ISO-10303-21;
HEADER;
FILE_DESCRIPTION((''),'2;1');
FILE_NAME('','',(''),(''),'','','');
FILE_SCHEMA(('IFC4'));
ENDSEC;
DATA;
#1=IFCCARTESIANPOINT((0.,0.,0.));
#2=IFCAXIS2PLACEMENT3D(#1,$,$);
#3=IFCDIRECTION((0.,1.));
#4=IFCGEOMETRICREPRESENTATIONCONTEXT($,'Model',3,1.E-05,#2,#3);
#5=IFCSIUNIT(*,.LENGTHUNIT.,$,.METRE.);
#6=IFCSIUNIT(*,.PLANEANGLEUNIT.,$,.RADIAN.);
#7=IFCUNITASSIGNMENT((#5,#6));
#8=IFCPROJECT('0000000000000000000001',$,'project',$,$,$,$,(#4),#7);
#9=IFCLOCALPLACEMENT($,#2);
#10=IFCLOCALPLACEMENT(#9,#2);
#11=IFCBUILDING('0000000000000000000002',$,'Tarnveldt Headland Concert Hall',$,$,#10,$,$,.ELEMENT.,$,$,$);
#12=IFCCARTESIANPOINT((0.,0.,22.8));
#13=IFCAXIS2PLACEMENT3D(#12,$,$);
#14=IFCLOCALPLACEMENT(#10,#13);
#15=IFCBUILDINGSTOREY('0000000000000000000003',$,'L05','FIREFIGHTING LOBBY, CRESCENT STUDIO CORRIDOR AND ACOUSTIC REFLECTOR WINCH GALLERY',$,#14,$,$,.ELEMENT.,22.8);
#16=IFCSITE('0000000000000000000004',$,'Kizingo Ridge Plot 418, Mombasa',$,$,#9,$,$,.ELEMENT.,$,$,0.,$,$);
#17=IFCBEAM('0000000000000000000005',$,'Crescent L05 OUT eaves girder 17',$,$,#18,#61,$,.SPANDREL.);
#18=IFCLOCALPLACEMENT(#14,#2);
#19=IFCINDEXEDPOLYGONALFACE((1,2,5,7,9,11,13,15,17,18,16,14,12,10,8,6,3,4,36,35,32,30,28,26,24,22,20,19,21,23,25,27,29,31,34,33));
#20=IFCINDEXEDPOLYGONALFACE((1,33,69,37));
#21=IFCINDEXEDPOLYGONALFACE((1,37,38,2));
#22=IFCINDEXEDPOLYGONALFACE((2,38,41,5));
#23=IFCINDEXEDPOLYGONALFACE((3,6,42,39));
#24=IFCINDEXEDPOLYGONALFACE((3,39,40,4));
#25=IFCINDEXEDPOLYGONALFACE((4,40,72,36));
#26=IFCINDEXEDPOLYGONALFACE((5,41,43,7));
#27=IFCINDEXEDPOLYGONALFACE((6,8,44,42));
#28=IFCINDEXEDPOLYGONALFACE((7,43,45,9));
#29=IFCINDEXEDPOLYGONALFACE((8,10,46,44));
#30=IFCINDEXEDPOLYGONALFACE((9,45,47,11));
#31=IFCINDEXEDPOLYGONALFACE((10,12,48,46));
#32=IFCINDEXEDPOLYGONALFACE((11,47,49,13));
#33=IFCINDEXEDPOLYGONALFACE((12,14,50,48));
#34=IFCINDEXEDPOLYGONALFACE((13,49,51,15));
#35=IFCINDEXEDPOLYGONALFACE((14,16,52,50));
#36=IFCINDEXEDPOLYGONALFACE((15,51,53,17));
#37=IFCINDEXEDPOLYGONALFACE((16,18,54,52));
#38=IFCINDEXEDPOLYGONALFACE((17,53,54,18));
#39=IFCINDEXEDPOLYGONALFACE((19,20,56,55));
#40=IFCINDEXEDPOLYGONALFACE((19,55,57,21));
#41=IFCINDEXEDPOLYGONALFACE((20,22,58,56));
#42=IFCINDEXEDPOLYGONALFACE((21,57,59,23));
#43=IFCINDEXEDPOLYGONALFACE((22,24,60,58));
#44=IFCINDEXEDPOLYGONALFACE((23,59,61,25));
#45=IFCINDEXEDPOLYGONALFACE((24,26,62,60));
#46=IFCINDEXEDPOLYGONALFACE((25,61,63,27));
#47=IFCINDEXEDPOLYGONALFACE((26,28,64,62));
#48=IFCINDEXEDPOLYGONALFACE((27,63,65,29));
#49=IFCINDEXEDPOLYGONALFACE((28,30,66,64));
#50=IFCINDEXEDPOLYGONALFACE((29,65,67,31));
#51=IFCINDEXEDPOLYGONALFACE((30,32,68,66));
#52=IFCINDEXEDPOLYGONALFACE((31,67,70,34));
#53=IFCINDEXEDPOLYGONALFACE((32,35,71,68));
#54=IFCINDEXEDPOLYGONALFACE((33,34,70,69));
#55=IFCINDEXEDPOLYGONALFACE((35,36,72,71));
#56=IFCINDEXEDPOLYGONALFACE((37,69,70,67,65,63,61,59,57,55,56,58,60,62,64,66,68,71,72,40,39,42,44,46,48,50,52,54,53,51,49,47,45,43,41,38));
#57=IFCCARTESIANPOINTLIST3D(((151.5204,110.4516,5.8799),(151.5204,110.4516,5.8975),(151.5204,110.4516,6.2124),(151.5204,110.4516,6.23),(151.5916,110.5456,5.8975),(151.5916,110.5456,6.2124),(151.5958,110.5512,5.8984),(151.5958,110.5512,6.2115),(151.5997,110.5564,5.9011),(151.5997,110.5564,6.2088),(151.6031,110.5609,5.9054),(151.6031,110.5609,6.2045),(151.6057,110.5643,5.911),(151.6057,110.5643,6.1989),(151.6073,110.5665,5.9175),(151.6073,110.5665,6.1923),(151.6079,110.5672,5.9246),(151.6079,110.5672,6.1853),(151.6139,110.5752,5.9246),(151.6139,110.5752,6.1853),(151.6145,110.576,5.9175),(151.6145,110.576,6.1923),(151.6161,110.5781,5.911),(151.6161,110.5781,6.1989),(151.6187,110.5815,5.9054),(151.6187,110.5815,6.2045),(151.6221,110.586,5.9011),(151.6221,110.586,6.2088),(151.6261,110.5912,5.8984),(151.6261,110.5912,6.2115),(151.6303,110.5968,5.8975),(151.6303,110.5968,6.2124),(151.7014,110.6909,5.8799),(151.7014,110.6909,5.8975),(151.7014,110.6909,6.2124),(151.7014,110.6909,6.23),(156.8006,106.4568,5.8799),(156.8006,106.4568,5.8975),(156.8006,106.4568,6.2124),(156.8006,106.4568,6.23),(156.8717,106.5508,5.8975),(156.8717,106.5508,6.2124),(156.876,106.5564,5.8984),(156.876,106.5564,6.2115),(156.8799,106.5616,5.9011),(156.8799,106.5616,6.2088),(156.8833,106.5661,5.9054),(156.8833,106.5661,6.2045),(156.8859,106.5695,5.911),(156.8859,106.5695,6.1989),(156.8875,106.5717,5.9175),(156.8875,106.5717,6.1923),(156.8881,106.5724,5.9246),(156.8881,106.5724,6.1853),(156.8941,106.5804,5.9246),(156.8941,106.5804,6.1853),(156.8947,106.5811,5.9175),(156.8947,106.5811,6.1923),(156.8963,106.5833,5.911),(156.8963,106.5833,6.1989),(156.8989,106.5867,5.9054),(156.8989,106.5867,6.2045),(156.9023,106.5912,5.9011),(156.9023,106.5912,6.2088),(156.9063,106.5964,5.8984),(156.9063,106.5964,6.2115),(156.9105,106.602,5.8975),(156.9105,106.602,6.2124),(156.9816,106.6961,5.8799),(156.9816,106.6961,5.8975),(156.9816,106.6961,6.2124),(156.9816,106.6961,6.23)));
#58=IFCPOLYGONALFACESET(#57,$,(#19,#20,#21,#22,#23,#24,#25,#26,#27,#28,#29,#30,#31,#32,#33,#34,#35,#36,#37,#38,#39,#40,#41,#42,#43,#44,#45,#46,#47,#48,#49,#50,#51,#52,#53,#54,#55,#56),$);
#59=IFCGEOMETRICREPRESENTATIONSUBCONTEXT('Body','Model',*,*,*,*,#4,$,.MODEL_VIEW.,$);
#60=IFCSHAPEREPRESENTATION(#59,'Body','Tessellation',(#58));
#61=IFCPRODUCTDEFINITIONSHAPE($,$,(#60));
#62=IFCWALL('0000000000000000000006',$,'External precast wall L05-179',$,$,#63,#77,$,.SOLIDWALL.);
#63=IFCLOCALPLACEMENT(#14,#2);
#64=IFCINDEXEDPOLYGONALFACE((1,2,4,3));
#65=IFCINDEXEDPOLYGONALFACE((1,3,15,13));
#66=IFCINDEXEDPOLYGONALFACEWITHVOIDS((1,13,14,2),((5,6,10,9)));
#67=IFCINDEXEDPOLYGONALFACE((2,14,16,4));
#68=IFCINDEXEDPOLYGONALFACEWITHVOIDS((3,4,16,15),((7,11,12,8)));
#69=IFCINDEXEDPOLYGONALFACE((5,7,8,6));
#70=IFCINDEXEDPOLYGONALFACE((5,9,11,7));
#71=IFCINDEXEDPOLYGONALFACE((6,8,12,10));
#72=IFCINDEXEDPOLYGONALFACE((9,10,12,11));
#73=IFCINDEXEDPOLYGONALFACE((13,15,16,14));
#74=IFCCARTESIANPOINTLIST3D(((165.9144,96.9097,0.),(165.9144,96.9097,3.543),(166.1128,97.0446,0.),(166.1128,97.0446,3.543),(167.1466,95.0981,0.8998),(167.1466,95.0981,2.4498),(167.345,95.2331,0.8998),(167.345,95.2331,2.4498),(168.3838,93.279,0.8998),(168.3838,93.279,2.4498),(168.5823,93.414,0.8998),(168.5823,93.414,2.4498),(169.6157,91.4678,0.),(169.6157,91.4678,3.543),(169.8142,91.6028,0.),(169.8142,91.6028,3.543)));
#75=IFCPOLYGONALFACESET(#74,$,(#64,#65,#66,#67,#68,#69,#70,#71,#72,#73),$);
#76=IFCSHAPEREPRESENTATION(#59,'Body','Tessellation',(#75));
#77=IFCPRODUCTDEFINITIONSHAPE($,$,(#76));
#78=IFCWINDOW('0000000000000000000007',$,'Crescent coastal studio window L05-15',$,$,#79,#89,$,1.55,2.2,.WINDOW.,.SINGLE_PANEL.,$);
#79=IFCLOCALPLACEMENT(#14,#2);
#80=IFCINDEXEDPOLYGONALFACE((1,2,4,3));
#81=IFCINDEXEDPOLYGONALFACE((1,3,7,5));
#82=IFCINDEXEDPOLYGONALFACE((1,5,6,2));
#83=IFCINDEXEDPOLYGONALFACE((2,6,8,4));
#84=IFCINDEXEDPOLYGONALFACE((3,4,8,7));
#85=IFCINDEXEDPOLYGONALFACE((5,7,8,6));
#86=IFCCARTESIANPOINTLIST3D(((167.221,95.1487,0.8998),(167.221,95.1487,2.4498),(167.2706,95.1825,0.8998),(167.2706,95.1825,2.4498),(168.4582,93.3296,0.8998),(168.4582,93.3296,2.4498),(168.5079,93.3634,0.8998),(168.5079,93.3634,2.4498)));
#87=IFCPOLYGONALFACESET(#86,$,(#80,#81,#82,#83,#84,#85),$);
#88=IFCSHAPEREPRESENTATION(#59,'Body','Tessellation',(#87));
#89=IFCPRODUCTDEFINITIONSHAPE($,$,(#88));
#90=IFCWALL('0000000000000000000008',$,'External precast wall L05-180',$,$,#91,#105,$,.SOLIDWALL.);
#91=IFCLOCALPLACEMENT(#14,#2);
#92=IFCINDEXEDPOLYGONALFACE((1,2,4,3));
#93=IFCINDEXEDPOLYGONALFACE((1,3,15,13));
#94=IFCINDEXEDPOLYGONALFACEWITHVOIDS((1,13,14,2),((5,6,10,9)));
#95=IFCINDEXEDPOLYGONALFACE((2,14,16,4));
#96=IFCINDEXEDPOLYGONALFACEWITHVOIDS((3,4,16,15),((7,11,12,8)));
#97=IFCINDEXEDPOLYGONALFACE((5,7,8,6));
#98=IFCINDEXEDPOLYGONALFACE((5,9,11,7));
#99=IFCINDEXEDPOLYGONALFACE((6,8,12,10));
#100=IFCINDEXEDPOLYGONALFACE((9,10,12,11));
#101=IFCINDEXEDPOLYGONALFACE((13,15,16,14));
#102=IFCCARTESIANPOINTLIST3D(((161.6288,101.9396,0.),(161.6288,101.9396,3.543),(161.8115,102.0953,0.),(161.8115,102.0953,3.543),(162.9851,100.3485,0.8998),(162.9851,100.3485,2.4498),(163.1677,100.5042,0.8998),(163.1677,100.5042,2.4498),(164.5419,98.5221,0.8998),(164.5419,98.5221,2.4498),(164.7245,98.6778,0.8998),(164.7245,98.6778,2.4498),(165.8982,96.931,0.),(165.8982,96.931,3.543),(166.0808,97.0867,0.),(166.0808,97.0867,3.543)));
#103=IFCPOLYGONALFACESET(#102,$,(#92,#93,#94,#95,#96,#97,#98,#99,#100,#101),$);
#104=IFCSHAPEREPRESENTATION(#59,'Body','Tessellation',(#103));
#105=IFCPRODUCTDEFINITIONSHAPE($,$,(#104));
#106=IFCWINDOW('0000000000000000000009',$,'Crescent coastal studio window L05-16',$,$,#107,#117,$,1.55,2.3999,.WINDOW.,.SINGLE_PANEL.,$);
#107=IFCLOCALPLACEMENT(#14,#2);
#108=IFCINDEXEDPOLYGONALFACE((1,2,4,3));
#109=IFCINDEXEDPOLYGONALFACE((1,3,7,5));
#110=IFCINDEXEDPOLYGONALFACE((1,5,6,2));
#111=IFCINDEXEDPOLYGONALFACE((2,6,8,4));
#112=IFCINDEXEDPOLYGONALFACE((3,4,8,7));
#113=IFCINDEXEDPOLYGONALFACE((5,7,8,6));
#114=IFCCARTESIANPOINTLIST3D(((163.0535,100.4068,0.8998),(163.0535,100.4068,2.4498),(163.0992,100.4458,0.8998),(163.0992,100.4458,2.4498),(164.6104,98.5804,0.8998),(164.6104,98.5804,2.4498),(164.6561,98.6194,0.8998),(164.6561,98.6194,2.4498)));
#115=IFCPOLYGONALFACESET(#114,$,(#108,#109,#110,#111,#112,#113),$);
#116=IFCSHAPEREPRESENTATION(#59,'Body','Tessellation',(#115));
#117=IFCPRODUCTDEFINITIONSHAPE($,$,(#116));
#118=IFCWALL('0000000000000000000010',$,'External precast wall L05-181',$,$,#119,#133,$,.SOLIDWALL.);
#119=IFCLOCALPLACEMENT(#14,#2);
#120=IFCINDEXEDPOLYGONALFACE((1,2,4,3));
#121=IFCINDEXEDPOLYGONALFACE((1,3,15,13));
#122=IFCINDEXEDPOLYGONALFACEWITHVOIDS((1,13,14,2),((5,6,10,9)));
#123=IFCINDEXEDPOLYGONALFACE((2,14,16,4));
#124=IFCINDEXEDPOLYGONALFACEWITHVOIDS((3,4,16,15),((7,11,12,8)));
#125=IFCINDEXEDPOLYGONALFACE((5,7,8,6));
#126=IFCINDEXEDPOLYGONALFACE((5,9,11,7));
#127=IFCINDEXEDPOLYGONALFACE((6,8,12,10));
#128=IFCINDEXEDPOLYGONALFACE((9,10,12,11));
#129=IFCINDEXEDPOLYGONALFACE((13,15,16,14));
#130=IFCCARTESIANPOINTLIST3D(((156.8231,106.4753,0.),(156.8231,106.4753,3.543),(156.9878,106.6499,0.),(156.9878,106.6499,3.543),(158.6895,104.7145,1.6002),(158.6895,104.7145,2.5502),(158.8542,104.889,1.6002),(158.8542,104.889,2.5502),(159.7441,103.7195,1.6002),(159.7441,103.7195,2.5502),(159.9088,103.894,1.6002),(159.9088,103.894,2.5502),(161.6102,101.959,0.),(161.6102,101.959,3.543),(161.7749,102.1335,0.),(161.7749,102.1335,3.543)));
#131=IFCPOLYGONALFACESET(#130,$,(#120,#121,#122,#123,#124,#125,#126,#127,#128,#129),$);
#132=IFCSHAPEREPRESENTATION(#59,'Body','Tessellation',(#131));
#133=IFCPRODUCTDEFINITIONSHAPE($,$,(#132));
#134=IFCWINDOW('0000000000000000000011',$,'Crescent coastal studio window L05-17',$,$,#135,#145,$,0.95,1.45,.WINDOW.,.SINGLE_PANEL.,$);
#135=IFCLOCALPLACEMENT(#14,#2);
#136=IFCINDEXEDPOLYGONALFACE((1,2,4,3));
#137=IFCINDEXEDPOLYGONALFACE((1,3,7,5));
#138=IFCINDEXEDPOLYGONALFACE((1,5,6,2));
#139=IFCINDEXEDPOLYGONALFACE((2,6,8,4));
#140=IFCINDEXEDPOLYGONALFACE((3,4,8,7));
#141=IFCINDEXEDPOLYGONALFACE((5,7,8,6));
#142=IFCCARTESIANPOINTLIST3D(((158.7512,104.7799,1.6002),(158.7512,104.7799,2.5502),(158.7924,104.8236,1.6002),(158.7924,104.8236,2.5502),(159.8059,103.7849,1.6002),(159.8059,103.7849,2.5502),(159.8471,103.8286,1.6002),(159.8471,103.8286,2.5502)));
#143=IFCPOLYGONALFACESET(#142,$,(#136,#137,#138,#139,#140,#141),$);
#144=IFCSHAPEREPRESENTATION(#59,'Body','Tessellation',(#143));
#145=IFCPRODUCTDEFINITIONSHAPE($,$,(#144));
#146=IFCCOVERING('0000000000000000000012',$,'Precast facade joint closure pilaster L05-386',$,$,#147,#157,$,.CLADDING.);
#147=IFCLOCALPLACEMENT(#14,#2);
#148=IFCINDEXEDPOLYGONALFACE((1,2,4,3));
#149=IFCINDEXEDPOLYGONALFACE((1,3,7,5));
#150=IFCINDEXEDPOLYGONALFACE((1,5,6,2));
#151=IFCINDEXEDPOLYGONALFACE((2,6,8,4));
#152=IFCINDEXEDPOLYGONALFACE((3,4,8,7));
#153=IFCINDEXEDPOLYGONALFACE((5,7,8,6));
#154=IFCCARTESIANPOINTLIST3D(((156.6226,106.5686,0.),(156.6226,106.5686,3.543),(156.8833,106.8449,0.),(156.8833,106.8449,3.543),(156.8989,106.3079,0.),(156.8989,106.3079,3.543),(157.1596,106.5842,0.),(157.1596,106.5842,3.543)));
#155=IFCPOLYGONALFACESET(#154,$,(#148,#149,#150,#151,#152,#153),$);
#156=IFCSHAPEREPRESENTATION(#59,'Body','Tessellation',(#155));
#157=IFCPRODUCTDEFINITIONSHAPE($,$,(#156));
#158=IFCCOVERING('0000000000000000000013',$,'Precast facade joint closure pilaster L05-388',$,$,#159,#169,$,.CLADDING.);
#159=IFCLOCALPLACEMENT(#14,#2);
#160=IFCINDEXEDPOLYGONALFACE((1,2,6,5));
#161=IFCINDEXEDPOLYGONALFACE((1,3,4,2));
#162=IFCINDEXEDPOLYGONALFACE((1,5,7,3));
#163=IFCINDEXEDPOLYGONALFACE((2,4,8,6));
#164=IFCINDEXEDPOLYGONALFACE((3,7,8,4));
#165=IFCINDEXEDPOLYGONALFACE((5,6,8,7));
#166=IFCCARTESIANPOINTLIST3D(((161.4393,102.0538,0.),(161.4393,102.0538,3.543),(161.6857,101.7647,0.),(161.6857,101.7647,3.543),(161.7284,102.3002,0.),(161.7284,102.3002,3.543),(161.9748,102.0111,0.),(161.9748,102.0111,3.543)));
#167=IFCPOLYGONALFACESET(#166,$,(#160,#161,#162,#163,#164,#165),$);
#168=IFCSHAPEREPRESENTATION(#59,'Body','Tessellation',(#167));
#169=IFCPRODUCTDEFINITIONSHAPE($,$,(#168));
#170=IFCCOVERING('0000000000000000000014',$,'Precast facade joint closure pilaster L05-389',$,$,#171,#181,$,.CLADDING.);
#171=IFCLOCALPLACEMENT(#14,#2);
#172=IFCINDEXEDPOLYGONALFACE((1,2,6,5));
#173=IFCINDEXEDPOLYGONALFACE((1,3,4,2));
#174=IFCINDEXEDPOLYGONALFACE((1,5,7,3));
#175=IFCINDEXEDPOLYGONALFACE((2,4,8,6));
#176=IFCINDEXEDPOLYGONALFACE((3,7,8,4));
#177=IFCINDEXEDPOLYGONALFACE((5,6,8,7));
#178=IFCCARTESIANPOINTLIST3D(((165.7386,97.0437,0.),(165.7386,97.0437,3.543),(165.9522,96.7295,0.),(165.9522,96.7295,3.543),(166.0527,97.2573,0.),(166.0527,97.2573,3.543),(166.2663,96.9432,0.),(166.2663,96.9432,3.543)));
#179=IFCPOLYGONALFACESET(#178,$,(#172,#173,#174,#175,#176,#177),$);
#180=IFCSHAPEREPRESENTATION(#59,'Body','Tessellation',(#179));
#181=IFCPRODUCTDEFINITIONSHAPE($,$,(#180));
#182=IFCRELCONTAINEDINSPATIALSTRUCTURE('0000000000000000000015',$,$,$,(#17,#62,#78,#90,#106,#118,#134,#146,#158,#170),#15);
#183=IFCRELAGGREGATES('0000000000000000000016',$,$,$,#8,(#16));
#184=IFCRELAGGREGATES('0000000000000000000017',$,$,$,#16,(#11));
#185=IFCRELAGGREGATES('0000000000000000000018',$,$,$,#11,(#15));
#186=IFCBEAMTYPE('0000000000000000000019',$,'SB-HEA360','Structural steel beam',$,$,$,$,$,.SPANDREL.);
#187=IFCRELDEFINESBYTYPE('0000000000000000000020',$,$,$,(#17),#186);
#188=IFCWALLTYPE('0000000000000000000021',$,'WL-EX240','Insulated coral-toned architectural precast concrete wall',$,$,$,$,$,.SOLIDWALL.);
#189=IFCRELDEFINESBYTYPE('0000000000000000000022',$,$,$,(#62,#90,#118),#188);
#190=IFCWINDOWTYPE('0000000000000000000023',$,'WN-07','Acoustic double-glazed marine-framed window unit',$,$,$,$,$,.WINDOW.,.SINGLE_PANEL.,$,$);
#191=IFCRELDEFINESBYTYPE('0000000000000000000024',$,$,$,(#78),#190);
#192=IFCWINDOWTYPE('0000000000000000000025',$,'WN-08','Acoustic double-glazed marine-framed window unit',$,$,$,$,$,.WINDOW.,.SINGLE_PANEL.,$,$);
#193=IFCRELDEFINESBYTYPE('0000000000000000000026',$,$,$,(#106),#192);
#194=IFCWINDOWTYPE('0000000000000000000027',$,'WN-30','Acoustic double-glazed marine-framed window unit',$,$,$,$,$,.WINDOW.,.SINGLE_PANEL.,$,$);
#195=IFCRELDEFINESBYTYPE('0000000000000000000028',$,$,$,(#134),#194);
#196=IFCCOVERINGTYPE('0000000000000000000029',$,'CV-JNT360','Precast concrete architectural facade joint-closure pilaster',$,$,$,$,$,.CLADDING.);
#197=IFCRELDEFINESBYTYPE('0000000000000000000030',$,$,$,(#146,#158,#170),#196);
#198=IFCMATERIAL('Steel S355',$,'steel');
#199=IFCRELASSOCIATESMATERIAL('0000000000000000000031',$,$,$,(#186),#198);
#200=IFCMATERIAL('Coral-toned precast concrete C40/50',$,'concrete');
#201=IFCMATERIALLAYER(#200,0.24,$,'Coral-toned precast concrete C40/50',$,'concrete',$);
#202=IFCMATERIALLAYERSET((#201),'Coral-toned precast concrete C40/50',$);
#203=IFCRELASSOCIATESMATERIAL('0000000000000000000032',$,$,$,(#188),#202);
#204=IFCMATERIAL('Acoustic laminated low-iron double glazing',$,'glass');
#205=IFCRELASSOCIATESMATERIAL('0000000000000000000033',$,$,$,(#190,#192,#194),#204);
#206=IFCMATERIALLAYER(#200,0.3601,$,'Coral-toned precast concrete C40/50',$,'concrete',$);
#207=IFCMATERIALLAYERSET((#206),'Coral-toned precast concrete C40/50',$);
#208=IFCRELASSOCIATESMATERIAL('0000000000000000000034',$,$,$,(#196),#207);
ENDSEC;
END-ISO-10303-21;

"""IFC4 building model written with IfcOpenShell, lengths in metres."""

from ifc_helpers import new_model, si_unit, direction, frame, frame_2d, origin, origin_2d, place, context, subcontext, project, spatial, rectangle, i_section, extrude, material, layer, layer_set, material_profile, profile_set, type_object, element, fill, save


model = new_model("IFC4")

# Units and contexts
model_context = context("Model", 3, precision=1e-05, world=origin(), true_north=direction((0.0, 1.0)))
body_context = subcontext(model_context, "Body", "Model", "MODEL_VIEW")
ifc_project = project(units=[si_unit("LENGTHUNIT", "METRE"), si_unit("PLANEANGLEUNIT", "RADIAN")], contexts=[model_context])

# Site, building, storey
site_placement = place(None, origin())
site = spatial("IfcSite", under=ifc_project, at=site_placement, Name="Kizingo Ridge Plot 418, Mombasa", CompositionType="ELEMENT", RefElevation=0.0)
building_placement = place(site_placement, origin())
building = spatial("IfcBuilding", under=site, at=building_placement, Name="Tarnveldt Headland Concert Hall", CompositionType="ELEMENT")
storey_placement = place(building_placement, frame((0.0, 0.0, 22.8)))
storey = spatial("IfcBuildingStorey", under=building, at=storey_placement, Name="L05", Description="FIREFIGHTING LOBBY, CRESCENT STUDIO CORRIDOR AND ACOUSTIC REFLECTOR WINCH GALLERY", CompositionType="ELEMENT", Elevation=22.8)

# Shared definitions
ifc_material_1 = material(Name="Steel S355", Category="steel")

# Beam
ifc_material_profile_1 = material_profile(ifc_material_1, i_section(OverallWidth=0.3, OverallDepth=0.3501, WebThickness=0.01, FlangeThickness=0.0176, FilletRadius=0.0271, at=origin_2d()), Name="HEA360", Category="steel")
ifc_profile_set_1 = profile_set([ifc_material_profile_1], Name="Steel S355")
beam_type = type_object("IfcBeamType", Name="SB-HEA360", Description="Structural steel beam", PredefinedType="SPANDREL", material=ifc_profile_set_1)
beam_1_placement = place(storey_placement, frame((156.8911, 106.5764, 6.0549), z_axis=(-0.79748, 0.603346, 0.0), x_axis=(-0.603346, -0.79748, 0.0)))
element("IfcBeam", 1, at=beam_1_placement, inside=storey, type_object=beam_type, Name="Crescent L05 OUT eaves girder 17", PredefinedType="SPANDREL", context=body_context, shape_type="SweptSolid", body=[
    extrude(i_section(OverallWidth=0.3, OverallDepth=0.3501, WebThickness=0.01, FlangeThickness=0.0176, FilletRadius=0.0271, at=origin_2d()), origin(), (0.0, 0.0, 1.0), 6.6211),
])

# Walls, openings, windows
ifc_material_2 = material(Name="Coral-toned precast concrete C40/50", Category="concrete")
ifc_layer_1 = layer(ifc_material_2, 0.24, Name="Coral-toned precast concrete C40/50", Category="concrete")
ifc_layer_set_1 = layer_set([ifc_layer_1], Name="Coral-toned precast concrete C40/50")
wall_type = type_object("IfcWallType", Name="WL-EX240", Description="Insulated coral-toned architectural precast concrete wall", PredefinedType="SOLIDWALL", material=ifc_layer_set_1)
wall_1_placement = place(storey_placement, frame((166.0137, 96.9771, 0.0), z_axis=(0.0, 0.0, 1.0), x_axis=(0.562406, -0.826861, 0.0)))
wall_1 = element("IfcWall", 2, at=wall_1_placement, inside=storey, type_object=wall_type, Name="External precast wall L05-179", PredefinedType="SOLIDWALL", context=body_context, shape_type="SweptSolid", body=[
    extrude(rectangle(XDim=6.5813, YDim=0.24, at=frame_2d((3.2905, 0.0))), origin(), (0.0, 0.0, 1.0), 3.543),
])
opening_1_placement = place(wall_1_placement, frame((2.1907, 0.0, 0.8999)))
opening_1 = element("IfcOpeningElement", 3, at=opening_1_placement, cuts=wall_1, PredefinedType="OPENING", context=body_context, shape_type="SweptSolid", body=[
    extrude(rectangle(XDim=2.2, YDim=1.55, at=frame_2d((1.1001, 0.7749))), frame((0.0, 0.1299, 0.0), z_axis=(0.0, -1.0, 0.0), x_axis=(1.0, 0.0, 0.0)), (0.0, 0.0, 1.0), 0.26),
])
ifc_material_3 = material(Name="Acoustic laminated low-iron double glazing", Category="glass")
window_type_1 = type_object("IfcWindowType", Name="WN-07", Description="Acoustic double-glazed marine-framed window unit", PartitioningType="SINGLE_PANEL", PredefinedType="WINDOW", material=ifc_material_3)
window_1_placement = place(opening_1_placement, origin())
window_1 = element("IfcWindow", 4, at=window_1_placement, inside=storey, type_object=window_type_1, Name="Crescent coastal studio window L05-15", OverallHeight=1.55, OverallWidth=2.2, PartitioningType="SINGLE_PANEL", PredefinedType="WINDOW", context=body_context, shape_type="SweptSolid", body=[
    extrude(rectangle(XDim=2.2, YDim=1.55, at=frame_2d((1.1001, 0.7749))), frame((0.0, 0.03, 0.0), z_axis=(0.0, -1.0, 0.0), x_axis=(1.0, 0.0, 0.0)), (0.0, 0.0, 1.0), 0.0601),
])
fill(opening_1, window_1)
wall_2_placement = place(storey_placement, frame((161.7202, 102.0173, 0.0), z_axis=(0.0, 0.0, 1.0), x_axis=(0.648708, -0.761037, 0.0)))
wall_2 = element("IfcWall", 5, at=wall_2_placement, inside=storey, type_object=wall_type, Name="External precast wall L05-180", PredefinedType="SOLIDWALL", context=body_context, shape_type="SweptSolid", body=[
    extrude(rectangle(XDim=6.5813, YDim=0.24, at=frame_2d((3.2905, 0.0))), origin(), (0.0, 0.0, 1.0), 3.543),
])
opening_2_placement = place(wall_2_placement, frame((2.0906, 0.0, 0.8999)))
opening_2 = element("IfcOpeningElement", 6, at=opening_2_placement, cuts=wall_2, PredefinedType="OPENING", context=body_context, shape_type="SweptSolid", body=[
    extrude(rectangle(XDim=2.3999, YDim=1.55, at=frame_2d((1.2, 0.7749))), frame((0.0, 0.1299, 0.0), z_axis=(0.0, -1.0, 0.0), x_axis=(1.0, 0.0, 0.0)), (0.0, 0.0, 1.0), 0.26),
])
window_type_2 = type_object("IfcWindowType", Name="WN-08", Description="Acoustic double-glazed marine-framed window unit", PartitioningType="SINGLE_PANEL", PredefinedType="WINDOW", material=ifc_material_3)
window_2_placement = place(opening_2_placement, origin())
window_2 = element("IfcWindow", 7, at=window_2_placement, inside=storey, type_object=window_type_2, Name="Crescent coastal studio window L05-16", OverallHeight=1.55, OverallWidth=2.3999, PartitioningType="SINGLE_PANEL", PredefinedType="WINDOW", context=body_context, shape_type="SweptSolid", body=[
    extrude(rectangle(XDim=2.3999, YDim=1.55, at=frame_2d((1.2, 0.7749))), frame((0.0, 0.03, 0.0), z_axis=(0.0, -1.0, 0.0), x_axis=(1.0, 0.0, 0.0)), (0.0, 0.0, 1.0), 0.0601),
])
fill(opening_2, window_2)
wall_3_placement = place(storey_placement, frame((156.9055, 106.5625, 0.0), z_axis=(0.0, 0.0, 1.0), x_axis=(0.727377, -0.686238, 0.0)))
wall_3 = element("IfcWall", 8, at=wall_3_placement, inside=storey, type_object=wall_type, Name="External precast wall L05-181", PredefinedType="SOLIDWALL", context=body_context, shape_type="SweptSolid", body=[
    extrude(rectangle(XDim=6.5813, YDim=0.24, at=frame_2d((3.2905, 0.0))), origin(), (0.0, 0.0, 1.0), 3.543),
])
opening_3_placement = place(wall_3_placement, frame((2.5657, 0.0, 1.6001)))
opening_3 = element("IfcOpeningElement", 9, at=opening_3_placement, cuts=wall_3, PredefinedType="OPENING", context=body_context, shape_type="SweptSolid", body=[
    extrude(rectangle(XDim=1.45, YDim=0.95, at=frame_2d((0.7251, 0.4751))), frame((0.0, 0.1299, 0.0), z_axis=(0.0, -1.0, 0.0), x_axis=(1.0, 0.0, 0.0)), (0.0, 0.0, 1.0), 0.26),
])
window_type_3 = type_object("IfcWindowType", Name="WN-30", Description="Acoustic double-glazed marine-framed window unit", PartitioningType="SINGLE_PANEL", PredefinedType="WINDOW", material=ifc_material_3)
window_3_placement = place(opening_3_placement, origin())
window_3 = element("IfcWindow", 10, at=window_3_placement, inside=storey, type_object=window_type_3, Name="Crescent coastal studio window L05-17", OverallHeight=0.95, OverallWidth=1.45, PartitioningType="SINGLE_PANEL", PredefinedType="WINDOW", context=body_context, shape_type="SweptSolid", body=[
    extrude(rectangle(XDim=1.45, YDim=0.95, at=frame_2d((0.7251, 0.4751))), frame((0.0, 0.03, 0.0), z_axis=(0.0, -1.0, 0.0), x_axis=(1.0, 0.0, 0.0)), (0.0, 0.0, 1.0), 0.0601),
])
fill(opening_3, window_3)

# Coverings
ifc_layer_2 = layer(ifc_material_2, 0.3601, Name="Coral-toned precast concrete C40/50", Category="concrete")
ifc_layer_set_2 = layer_set([ifc_layer_2], Name="Coral-toned precast concrete C40/50")
covering_type = type_object("IfcCoveringType", Name="CV-JNT360", Description="Precast concrete architectural facade joint-closure pilaster", PredefinedType="CLADDING", material=ifc_layer_set_2)
for number, where, z_axis, x_axis, name in (
    (11, (156.8911, 106.5764, 0.0), (0.0, 0.0, 1.0), (0.727414, -0.686199, 0.0), "Precast facade joint closure pilaster L05-386"),
    (12, (161.707, 102.0325, 0.0), (0.0, 0.0, 1.0), (0.648651, -0.761086, 0.0), "Precast facade joint closure pilaster L05-388"),
    (13, (166.0024, 96.9934, 0.0), (0.0, 0.0, 1.0), (0.562372, -0.826884, 0.0), "Precast facade joint closure pilaster L05-389"),
):
    element("IfcCovering", number, at=place(storey_placement, frame(where, z_axis=z_axis, x_axis=x_axis)), inside=storey, type_object=covering_type, Name=name, PredefinedType="CLADDING", context=body_context, shape_type="SweptSolid", body=[
        extrude(rectangle(XDim=0.3799, YDim=0.3799, at=origin_2d()), origin(), (0.0, 0.0, 1.0), 3.543),
    ])

save(model, "model.ifc")
